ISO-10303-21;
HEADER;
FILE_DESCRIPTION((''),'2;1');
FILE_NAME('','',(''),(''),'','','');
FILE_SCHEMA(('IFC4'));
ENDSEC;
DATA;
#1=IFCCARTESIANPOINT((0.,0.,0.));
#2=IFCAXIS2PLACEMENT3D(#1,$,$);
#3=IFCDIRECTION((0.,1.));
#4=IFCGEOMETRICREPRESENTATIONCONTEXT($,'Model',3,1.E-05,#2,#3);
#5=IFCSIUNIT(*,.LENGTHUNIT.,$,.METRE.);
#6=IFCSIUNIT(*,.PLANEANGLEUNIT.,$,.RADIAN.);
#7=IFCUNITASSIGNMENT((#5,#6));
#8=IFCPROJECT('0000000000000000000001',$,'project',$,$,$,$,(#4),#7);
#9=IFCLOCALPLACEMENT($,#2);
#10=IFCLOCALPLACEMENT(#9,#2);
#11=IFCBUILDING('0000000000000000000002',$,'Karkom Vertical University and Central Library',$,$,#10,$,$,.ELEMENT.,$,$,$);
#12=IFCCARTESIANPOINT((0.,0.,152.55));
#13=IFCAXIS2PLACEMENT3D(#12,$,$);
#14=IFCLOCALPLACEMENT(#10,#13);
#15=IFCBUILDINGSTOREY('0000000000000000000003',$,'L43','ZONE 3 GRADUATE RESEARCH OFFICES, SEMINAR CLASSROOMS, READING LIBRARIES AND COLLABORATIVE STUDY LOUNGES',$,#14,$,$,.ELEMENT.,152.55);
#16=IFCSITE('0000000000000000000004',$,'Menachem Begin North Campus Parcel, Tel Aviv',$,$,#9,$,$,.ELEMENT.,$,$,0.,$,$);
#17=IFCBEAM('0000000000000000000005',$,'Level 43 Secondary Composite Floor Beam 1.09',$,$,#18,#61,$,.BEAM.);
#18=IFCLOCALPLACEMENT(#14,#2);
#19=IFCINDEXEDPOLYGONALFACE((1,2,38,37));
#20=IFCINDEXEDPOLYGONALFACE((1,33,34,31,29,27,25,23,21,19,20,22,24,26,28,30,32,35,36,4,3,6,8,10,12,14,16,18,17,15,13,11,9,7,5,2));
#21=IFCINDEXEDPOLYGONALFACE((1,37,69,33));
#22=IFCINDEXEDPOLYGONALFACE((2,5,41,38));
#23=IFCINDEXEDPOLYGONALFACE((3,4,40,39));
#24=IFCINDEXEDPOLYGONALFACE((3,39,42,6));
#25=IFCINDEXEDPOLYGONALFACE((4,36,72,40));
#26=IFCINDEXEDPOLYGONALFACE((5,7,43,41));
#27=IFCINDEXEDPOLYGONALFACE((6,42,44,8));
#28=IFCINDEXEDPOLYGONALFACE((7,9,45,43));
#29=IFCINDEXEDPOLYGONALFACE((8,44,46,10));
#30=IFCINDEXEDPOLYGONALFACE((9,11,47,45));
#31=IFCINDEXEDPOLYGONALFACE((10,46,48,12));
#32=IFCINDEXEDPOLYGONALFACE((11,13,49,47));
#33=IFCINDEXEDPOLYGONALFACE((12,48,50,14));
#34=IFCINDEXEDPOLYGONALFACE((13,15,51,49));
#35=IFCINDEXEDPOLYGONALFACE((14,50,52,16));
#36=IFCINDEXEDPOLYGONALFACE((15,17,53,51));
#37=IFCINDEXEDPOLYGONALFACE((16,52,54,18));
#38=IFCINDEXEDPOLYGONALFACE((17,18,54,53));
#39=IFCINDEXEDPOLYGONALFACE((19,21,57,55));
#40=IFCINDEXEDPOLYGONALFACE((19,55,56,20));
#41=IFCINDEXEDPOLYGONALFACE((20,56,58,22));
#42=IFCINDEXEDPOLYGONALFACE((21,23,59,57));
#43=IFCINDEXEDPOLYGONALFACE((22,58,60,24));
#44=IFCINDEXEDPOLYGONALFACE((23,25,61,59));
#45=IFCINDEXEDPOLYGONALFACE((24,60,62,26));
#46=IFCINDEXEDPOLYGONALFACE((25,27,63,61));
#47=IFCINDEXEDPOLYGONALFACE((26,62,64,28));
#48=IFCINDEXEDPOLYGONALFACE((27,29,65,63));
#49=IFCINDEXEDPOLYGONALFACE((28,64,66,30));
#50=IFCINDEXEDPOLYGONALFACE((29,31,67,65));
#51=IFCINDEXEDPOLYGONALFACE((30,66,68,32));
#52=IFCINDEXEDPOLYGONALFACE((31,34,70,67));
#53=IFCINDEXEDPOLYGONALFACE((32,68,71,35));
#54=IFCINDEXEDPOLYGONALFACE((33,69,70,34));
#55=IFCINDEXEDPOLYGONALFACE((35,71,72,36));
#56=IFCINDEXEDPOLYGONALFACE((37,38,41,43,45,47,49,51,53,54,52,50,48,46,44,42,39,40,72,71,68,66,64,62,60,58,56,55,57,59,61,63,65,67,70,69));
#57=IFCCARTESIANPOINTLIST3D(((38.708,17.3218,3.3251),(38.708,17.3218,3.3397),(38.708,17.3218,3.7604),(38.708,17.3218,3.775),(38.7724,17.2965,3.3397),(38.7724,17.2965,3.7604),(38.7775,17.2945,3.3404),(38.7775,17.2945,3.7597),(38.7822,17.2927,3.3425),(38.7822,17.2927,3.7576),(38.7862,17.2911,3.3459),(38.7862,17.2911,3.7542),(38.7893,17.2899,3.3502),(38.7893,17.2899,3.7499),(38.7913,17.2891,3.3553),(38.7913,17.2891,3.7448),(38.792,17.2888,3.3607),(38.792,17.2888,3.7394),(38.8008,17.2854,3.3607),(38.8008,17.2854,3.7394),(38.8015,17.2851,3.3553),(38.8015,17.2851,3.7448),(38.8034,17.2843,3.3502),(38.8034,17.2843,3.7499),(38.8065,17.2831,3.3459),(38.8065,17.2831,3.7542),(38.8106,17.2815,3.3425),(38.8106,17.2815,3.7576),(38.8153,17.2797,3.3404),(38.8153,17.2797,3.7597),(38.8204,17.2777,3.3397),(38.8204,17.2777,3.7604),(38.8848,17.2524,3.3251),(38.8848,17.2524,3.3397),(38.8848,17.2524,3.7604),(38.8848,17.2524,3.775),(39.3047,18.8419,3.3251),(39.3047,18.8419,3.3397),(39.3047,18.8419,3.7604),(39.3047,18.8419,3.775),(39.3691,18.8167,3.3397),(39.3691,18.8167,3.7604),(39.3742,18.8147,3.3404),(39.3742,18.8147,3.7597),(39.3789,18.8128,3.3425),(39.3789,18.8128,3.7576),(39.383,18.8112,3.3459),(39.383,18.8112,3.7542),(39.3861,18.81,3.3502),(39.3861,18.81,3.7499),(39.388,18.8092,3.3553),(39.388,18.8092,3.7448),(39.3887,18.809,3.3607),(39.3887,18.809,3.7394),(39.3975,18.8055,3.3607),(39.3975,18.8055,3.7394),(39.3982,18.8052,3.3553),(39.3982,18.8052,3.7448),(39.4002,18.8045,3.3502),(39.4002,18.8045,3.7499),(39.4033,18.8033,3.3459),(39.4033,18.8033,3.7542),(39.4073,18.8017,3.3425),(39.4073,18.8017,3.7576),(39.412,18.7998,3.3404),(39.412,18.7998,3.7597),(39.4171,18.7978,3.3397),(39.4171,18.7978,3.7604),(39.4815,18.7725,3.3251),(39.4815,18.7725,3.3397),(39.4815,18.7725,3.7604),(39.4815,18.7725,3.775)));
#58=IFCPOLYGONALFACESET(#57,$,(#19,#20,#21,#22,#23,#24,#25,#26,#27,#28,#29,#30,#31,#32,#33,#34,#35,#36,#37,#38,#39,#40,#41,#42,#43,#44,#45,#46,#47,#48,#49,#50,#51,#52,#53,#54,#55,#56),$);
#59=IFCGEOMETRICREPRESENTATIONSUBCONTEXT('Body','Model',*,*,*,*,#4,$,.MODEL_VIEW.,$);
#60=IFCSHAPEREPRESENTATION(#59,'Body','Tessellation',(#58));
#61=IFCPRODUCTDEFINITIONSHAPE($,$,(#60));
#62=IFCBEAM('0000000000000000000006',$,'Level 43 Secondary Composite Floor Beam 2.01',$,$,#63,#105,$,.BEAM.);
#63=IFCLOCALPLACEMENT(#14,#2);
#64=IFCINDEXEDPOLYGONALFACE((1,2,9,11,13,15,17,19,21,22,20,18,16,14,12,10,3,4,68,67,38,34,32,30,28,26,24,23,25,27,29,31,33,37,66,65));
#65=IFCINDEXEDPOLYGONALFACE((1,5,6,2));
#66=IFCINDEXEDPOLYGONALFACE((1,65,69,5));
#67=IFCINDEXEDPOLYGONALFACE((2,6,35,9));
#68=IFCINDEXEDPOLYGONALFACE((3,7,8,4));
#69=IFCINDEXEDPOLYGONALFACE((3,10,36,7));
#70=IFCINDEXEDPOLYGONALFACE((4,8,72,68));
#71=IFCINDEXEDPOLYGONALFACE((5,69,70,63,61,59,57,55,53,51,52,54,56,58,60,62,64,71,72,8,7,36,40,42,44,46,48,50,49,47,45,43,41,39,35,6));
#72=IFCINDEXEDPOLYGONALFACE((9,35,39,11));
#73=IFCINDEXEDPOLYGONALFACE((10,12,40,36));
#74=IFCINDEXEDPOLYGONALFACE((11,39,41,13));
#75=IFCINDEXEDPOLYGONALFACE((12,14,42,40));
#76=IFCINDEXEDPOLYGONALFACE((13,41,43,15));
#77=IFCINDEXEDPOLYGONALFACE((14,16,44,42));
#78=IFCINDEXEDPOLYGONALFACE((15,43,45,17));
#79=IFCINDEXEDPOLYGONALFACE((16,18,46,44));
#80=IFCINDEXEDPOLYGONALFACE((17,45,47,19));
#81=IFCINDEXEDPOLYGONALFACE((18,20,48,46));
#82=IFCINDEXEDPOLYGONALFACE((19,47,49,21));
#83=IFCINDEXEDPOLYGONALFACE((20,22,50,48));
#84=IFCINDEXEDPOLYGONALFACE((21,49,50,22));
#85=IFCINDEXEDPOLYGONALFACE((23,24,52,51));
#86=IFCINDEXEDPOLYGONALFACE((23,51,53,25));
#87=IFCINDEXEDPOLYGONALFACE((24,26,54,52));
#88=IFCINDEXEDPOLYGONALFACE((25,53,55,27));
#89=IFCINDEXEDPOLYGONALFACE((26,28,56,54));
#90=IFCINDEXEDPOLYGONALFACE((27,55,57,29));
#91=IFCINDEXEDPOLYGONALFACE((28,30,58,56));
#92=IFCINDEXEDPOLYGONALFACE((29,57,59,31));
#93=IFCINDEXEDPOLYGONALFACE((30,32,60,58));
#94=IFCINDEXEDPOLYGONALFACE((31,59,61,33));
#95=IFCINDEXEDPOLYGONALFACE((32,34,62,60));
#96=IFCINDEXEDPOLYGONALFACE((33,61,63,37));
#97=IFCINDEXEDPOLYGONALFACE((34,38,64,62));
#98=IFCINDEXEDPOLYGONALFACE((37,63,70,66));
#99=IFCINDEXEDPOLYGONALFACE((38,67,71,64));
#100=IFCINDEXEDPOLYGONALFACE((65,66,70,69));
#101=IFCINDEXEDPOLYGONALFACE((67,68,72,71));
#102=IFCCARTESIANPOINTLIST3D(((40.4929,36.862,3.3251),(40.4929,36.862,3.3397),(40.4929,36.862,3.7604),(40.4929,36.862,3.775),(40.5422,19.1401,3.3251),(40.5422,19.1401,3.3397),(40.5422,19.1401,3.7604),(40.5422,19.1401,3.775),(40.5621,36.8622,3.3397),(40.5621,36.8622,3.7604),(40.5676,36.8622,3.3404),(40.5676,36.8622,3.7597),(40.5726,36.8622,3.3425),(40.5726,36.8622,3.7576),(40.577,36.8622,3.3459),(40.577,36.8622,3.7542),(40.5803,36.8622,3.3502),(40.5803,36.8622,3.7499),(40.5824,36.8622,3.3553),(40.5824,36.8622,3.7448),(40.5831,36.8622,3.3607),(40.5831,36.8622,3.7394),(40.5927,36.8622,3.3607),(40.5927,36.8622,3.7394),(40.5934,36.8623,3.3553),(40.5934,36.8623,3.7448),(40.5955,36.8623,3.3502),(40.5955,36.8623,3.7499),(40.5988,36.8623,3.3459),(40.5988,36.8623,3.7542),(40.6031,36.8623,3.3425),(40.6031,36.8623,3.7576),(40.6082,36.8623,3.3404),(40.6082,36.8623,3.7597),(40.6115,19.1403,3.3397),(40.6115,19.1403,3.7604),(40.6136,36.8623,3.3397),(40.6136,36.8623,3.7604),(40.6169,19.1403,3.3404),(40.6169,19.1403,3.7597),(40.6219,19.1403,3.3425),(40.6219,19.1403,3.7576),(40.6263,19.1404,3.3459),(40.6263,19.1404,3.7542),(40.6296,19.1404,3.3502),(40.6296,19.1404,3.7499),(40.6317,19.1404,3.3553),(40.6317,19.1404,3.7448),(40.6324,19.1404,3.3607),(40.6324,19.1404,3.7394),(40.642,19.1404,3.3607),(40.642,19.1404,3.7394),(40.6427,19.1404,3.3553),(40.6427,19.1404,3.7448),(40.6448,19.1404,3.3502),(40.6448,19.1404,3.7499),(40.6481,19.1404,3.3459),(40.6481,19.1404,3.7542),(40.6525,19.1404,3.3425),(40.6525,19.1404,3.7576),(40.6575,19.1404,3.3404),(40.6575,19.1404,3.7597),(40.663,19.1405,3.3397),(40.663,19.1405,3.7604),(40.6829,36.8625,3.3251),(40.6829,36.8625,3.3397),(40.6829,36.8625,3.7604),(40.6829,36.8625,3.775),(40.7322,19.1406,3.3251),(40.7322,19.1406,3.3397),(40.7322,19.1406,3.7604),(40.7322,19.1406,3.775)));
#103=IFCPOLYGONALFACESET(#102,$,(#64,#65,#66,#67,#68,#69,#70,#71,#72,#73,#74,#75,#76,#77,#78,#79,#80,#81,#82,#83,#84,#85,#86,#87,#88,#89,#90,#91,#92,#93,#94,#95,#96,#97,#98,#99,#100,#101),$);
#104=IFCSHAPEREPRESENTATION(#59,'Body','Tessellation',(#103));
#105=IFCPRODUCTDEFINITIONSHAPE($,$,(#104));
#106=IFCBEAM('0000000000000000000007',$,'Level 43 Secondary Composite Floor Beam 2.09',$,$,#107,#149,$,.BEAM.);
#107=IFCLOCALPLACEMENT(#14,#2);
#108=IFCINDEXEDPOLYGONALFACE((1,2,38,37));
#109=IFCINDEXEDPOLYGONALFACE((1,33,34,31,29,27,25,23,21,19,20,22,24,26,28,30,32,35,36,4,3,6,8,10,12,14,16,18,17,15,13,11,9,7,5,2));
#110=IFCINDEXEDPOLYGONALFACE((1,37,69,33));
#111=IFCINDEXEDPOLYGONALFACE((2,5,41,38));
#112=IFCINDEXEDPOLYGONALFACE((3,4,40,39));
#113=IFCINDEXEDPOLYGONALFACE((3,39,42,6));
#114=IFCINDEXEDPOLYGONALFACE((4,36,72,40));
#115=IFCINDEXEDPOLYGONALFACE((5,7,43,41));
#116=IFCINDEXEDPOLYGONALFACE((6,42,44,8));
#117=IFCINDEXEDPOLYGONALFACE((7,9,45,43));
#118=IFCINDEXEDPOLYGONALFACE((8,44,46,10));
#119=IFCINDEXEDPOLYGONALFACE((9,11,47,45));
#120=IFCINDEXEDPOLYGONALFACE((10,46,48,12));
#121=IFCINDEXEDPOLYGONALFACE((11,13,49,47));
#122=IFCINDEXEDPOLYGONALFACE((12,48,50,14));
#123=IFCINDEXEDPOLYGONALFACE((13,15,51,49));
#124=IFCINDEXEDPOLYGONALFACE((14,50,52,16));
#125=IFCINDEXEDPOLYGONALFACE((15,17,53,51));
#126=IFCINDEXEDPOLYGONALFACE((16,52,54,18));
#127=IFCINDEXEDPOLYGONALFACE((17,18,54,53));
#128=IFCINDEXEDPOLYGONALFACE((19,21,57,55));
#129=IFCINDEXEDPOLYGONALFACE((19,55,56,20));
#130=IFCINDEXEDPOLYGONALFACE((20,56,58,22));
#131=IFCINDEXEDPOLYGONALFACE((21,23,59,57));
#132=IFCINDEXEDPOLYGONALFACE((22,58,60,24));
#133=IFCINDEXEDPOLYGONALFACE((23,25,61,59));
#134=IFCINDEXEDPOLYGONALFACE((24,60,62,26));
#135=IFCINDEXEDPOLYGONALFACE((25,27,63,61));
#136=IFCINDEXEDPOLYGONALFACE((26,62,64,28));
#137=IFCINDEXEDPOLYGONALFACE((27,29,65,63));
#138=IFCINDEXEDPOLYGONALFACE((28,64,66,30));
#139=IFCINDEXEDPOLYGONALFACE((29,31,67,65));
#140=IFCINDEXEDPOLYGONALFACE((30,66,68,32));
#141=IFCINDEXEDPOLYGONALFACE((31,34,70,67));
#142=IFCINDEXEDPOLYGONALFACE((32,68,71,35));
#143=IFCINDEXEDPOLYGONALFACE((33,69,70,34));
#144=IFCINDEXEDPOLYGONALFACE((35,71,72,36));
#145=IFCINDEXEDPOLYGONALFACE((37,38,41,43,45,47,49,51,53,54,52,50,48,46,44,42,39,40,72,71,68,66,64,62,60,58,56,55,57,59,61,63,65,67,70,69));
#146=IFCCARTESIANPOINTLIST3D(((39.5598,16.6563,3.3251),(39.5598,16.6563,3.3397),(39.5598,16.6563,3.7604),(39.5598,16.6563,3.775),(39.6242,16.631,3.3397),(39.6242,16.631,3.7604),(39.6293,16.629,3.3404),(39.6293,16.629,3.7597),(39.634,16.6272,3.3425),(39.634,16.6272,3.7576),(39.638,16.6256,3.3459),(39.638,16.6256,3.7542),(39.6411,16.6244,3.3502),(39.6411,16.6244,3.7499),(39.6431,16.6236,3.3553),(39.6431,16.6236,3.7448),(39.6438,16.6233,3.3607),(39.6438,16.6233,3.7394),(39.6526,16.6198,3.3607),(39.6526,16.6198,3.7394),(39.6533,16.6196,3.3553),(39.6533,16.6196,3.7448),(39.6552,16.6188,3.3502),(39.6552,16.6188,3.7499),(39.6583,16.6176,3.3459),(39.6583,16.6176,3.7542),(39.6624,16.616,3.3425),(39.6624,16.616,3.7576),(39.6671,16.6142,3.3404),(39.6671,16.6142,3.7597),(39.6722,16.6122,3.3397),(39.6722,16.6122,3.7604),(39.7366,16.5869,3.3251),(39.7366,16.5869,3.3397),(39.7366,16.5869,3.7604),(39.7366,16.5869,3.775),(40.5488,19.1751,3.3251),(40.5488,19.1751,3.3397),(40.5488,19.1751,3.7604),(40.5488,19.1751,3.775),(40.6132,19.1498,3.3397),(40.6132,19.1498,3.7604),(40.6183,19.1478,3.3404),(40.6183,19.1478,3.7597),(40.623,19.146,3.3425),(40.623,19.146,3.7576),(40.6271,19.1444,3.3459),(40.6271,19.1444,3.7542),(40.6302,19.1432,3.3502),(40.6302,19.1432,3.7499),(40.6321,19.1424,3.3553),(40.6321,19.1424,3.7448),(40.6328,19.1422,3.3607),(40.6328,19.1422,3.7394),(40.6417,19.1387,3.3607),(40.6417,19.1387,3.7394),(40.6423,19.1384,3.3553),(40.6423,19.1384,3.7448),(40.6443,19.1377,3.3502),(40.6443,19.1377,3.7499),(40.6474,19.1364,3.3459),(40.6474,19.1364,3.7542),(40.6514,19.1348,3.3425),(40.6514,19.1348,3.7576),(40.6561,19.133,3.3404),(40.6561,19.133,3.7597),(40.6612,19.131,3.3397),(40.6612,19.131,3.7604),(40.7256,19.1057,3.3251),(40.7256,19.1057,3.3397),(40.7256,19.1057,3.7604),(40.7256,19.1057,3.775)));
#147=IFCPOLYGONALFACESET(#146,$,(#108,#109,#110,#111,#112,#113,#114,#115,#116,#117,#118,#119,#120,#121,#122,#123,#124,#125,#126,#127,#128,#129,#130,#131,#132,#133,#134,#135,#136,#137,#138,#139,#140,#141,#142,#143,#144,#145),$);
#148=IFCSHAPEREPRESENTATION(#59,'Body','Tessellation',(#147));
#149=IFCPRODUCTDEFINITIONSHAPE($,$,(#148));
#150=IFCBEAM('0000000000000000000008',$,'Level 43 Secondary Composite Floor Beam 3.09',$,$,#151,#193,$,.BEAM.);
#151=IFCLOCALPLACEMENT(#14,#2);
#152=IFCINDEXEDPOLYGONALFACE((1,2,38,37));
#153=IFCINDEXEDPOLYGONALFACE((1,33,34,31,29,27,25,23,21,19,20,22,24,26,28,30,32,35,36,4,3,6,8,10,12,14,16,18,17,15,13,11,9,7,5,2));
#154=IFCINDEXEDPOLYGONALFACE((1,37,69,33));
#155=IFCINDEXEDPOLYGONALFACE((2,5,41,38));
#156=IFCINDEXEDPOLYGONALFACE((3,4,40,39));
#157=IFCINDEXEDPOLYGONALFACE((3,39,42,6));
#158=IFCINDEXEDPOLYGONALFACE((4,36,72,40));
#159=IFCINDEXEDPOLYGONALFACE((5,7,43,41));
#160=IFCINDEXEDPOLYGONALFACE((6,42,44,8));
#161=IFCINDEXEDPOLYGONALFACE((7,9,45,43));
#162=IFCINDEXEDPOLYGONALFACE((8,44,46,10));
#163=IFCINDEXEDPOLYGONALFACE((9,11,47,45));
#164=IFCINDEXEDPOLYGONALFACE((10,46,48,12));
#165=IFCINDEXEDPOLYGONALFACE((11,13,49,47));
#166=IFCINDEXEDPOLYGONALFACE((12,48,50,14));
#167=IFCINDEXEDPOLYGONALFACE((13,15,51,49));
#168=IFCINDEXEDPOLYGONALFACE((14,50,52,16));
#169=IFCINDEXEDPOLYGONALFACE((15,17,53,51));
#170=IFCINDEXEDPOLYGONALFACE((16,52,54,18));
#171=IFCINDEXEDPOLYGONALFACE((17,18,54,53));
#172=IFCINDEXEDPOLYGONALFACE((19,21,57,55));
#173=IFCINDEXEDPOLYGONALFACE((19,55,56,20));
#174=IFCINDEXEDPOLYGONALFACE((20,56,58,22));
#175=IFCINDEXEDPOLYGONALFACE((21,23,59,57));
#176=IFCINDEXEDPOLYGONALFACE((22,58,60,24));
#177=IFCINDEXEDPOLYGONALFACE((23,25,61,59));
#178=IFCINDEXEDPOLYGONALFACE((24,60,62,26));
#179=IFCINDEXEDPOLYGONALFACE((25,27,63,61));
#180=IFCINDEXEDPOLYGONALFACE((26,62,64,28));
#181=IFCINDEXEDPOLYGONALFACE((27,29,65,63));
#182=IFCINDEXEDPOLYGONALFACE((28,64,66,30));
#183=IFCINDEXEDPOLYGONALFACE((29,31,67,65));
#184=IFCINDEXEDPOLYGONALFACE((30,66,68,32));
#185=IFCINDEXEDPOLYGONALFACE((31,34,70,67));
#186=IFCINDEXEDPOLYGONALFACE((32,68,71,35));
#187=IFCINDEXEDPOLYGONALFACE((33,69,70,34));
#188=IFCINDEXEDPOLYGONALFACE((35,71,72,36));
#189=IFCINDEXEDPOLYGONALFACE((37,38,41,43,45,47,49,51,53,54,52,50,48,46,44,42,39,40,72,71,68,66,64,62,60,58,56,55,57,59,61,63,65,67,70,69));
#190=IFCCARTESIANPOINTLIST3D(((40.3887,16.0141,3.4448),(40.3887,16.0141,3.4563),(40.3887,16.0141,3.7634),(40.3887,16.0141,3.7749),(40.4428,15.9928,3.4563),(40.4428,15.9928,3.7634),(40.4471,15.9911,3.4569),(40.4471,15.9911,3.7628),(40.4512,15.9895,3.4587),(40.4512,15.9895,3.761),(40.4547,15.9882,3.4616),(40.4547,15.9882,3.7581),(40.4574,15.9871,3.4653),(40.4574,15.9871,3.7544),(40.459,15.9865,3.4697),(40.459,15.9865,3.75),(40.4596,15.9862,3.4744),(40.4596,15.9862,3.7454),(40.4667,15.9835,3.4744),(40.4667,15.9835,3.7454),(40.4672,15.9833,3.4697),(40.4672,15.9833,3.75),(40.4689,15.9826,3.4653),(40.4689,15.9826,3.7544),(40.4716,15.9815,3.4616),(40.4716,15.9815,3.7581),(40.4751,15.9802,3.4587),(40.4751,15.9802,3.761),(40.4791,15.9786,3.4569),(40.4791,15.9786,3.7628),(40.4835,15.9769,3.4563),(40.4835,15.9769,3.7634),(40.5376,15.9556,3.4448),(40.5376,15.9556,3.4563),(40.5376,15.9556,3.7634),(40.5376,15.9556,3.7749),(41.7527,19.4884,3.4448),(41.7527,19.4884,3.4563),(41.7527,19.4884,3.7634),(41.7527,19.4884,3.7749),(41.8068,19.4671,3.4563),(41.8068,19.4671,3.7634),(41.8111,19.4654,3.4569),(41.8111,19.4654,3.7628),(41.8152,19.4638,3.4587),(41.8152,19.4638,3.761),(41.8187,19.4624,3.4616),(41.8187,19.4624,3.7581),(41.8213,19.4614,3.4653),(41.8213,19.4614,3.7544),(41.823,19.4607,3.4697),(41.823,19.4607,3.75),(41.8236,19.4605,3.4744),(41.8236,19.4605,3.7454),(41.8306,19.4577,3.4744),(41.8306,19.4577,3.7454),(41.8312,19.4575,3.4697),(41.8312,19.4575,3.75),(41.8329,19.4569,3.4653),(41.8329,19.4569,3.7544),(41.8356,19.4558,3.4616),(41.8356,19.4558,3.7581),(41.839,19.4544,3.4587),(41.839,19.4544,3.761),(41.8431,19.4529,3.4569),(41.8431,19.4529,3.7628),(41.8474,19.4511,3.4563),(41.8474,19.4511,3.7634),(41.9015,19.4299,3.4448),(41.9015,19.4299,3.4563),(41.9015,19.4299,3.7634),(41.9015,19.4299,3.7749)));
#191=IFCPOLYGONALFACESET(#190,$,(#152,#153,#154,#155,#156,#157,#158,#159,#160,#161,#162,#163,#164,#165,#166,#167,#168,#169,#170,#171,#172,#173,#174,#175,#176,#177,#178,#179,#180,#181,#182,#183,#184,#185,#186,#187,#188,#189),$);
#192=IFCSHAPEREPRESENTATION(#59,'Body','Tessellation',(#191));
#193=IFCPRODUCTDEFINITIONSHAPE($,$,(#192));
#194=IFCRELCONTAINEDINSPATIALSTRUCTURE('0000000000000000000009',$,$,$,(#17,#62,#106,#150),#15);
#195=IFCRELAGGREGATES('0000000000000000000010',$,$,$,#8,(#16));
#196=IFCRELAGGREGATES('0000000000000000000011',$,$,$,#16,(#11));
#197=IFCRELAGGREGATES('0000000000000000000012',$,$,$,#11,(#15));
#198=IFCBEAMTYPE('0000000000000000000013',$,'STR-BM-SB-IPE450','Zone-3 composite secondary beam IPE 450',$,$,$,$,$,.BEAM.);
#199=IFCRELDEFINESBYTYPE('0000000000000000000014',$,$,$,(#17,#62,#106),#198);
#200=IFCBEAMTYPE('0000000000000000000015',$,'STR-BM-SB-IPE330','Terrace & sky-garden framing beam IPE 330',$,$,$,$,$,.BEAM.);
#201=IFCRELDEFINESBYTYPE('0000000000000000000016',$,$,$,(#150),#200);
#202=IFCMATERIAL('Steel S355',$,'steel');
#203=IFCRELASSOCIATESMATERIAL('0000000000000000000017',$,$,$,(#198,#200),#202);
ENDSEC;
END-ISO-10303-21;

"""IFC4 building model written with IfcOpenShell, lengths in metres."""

from ifc_helpers import new_model, si_unit, direction, frame, origin, origin_with_axes, origin_2d, place, context, subcontext, project, spatial, i_section, extrude, source, transform, mapped, material, material_profile, profile_set, type_object, element, save


model = new_model("IFC4")

# Units and contexts
model_context = context("Model", 3, precision=1e-05, world=origin(), true_north=direction((0.0, 1.0)))
body_context = subcontext(model_context, "Body", "Model", "MODEL_VIEW")
ifc_project = project(units=[si_unit("LENGTHUNIT", "METRE"), si_unit("PLANEANGLEUNIT", "RADIAN")], contexts=[model_context])

# Site, building, storey
site_placement = place(None, origin())
site = spatial("IfcSite", under=ifc_project, at=site_placement, Name="Menachem Begin North Campus Parcel, Tel Aviv", CompositionType="ELEMENT", RefElevation=0.0)
building_placement = place(site_placement, origin())
building = spatial("IfcBuilding", under=site, at=building_placement, Name="Karkom Vertical University and Central Library", CompositionType="ELEMENT")
storey_placement = place(building_placement, frame((0.0, 0.0, 152.55)))
storey = spatial("IfcBuildingStorey", under=building, at=storey_placement, Name="L43", Description="ZONE 3 GRADUATE RESEARCH OFFICES, SEMINAR CLASSROOMS, READING LIBRARIES AND COLLABORATIVE STUDY LOUNGES", CompositionType="ELEMENT", Elevation=152.55)

# Beams
ifc_material_1 = material(Name="Steel S355", Category="steel")
ifc_material_profile_1 = material_profile(ifc_material_1, i_section(OverallWidth=0.1899, OverallDepth=0.45, WebThickness=0.0095, FlangeThickness=0.0146, FilletRadius=0.021, at=origin_2d()), Name="IPE 450")
ifc_profile_set_1 = profile_set([ifc_material_profile_1], Name="Steel S355")
beam_type_1 = type_object("IfcBeamType", Name="STR-BM-SB-IPE450", Description="Zone-3 composite secondary beam IPE 450", PredefinedType="BEAM", material=ifc_profile_set_1)
shared_shape_1 = source(origin_with_axes(), body_context, "Body", "SweptSolid", [
    extrude(i_section(OverallWidth=0.1899, OverallDepth=0.45, WebThickness=0.0095, FlangeThickness=0.0146, FilletRadius=0.021, at=origin_2d()), origin(), (0.0, 0.0, 1.0), 1.6331),
])
beam_1_placement = place(storey_placement, frame((38.7964, 17.2871, 3.55), z_axis=(0.365403, 0.93085, 0.0), x_axis=(-0.93085, 0.365403, 0.0)))
element("IfcBeam", 1, at=beam_1_placement, inside=storey, type_object=beam_type_1, Name="Level 43 Secondary Composite Floor Beam 1.09", PredefinedType="BEAM", context=body_context, shape_type="MappedRepresentation", body=[
    mapped(shared_shape_1, transform((0.0, 0.0, 0.0), scale=1.0)),
])
shared_shape_2 = source(origin_with_axes(), body_context, "Body", "SweptSolid", [
    extrude(i_section(OverallWidth=0.1899, OverallDepth=0.45, WebThickness=0.0095, FlangeThickness=0.0146, FilletRadius=0.021, at=origin_2d()), origin(), (0.0, 0.0, 1.0), 17.7219),
])
beam_2_placement = place(storey_placement, frame((40.6372, 19.1404, 3.55), z_axis=(-0.002783, 0.999996, 0.0), x_axis=(-0.999996, -0.002783, 0.0)))
element("IfcBeam", 2, at=beam_2_placement, inside=storey, type_object=beam_type_1, Name="Level 43 Secondary Composite Floor Beam 2.01", PredefinedType="BEAM", context=body_context, shape_type="MappedRepresentation", body=[
    mapped(shared_shape_2, transform((0.0, 0.0, 0.0), scale=1.0)),
])
shared_shape_3 = source(origin_with_axes(), body_context, "Body", "SweptSolid", [
    extrude(i_section(OverallWidth=0.1899, OverallDepth=0.45, WebThickness=0.0095, FlangeThickness=0.0146, FilletRadius=0.021, at=origin_2d()), origin(), (0.0, 0.0, 1.0), 2.7061),
])
beam_3_placement = place(storey_placement, frame((39.6482, 16.6216, 3.55), z_axis=(0.365488, 0.930816, 0.0), x_axis=(-0.930816, 0.365488, 0.0)))
element("IfcBeam", 3, at=beam_3_placement, inside=storey, type_object=beam_type_1, Name="Level 43 Secondary Composite Floor Beam 2.09", PredefinedType="BEAM", context=body_context, shape_type="MappedRepresentation", body=[
    mapped(shared_shape_3, transform((0.0, 0.0, 0.0), scale=1.0)),
])
ifc_material_profile_2 = material_profile(ifc_material_1, i_section(OverallWidth=0.1599, OverallDepth=0.3301, WebThickness=0.0076, FlangeThickness=0.0115, FilletRadius=0.0181, at=origin_2d()), Name="IPE 330")
ifc_profile_set_2 = profile_set([ifc_material_profile_2], Name="Steel S355")
beam_type_2 = type_object("IfcBeamType", Name="STR-BM-SB-IPE330", Description="Terrace & sky-garden framing beam IPE 330", PredefinedType="BEAM", material=ifc_profile_set_2)
shared_shape_4 = source(origin_with_axes(), body_context, "Body", "SweptSolid", [
    extrude(i_section(OverallWidth=0.1599, OverallDepth=0.3301, WebThickness=0.0076, FlangeThickness=0.0115, FilletRadius=0.0181, at=origin_2d()), origin(), (0.0, 0.0, 1.0), 3.7324),
])
beam_4_placement = place(storey_placement, frame((40.4631, 15.9849, 3.6099), z_axis=(0.36544, 0.930835, 0.0), x_axis=(-0.930835, 0.36544, 0.0)))
element("IfcBeam", 4, at=beam_4_placement, inside=storey, type_object=beam_type_2, Name="Level 43 Secondary Composite Floor Beam 3.09", PredefinedType="BEAM", context=body_context, shape_type="MappedRepresentation", body=[
    mapped(shared_shape_4, transform((0.0, 0.0, 0.0), scale=1.0)),
])

save(model, "model.ifc")
